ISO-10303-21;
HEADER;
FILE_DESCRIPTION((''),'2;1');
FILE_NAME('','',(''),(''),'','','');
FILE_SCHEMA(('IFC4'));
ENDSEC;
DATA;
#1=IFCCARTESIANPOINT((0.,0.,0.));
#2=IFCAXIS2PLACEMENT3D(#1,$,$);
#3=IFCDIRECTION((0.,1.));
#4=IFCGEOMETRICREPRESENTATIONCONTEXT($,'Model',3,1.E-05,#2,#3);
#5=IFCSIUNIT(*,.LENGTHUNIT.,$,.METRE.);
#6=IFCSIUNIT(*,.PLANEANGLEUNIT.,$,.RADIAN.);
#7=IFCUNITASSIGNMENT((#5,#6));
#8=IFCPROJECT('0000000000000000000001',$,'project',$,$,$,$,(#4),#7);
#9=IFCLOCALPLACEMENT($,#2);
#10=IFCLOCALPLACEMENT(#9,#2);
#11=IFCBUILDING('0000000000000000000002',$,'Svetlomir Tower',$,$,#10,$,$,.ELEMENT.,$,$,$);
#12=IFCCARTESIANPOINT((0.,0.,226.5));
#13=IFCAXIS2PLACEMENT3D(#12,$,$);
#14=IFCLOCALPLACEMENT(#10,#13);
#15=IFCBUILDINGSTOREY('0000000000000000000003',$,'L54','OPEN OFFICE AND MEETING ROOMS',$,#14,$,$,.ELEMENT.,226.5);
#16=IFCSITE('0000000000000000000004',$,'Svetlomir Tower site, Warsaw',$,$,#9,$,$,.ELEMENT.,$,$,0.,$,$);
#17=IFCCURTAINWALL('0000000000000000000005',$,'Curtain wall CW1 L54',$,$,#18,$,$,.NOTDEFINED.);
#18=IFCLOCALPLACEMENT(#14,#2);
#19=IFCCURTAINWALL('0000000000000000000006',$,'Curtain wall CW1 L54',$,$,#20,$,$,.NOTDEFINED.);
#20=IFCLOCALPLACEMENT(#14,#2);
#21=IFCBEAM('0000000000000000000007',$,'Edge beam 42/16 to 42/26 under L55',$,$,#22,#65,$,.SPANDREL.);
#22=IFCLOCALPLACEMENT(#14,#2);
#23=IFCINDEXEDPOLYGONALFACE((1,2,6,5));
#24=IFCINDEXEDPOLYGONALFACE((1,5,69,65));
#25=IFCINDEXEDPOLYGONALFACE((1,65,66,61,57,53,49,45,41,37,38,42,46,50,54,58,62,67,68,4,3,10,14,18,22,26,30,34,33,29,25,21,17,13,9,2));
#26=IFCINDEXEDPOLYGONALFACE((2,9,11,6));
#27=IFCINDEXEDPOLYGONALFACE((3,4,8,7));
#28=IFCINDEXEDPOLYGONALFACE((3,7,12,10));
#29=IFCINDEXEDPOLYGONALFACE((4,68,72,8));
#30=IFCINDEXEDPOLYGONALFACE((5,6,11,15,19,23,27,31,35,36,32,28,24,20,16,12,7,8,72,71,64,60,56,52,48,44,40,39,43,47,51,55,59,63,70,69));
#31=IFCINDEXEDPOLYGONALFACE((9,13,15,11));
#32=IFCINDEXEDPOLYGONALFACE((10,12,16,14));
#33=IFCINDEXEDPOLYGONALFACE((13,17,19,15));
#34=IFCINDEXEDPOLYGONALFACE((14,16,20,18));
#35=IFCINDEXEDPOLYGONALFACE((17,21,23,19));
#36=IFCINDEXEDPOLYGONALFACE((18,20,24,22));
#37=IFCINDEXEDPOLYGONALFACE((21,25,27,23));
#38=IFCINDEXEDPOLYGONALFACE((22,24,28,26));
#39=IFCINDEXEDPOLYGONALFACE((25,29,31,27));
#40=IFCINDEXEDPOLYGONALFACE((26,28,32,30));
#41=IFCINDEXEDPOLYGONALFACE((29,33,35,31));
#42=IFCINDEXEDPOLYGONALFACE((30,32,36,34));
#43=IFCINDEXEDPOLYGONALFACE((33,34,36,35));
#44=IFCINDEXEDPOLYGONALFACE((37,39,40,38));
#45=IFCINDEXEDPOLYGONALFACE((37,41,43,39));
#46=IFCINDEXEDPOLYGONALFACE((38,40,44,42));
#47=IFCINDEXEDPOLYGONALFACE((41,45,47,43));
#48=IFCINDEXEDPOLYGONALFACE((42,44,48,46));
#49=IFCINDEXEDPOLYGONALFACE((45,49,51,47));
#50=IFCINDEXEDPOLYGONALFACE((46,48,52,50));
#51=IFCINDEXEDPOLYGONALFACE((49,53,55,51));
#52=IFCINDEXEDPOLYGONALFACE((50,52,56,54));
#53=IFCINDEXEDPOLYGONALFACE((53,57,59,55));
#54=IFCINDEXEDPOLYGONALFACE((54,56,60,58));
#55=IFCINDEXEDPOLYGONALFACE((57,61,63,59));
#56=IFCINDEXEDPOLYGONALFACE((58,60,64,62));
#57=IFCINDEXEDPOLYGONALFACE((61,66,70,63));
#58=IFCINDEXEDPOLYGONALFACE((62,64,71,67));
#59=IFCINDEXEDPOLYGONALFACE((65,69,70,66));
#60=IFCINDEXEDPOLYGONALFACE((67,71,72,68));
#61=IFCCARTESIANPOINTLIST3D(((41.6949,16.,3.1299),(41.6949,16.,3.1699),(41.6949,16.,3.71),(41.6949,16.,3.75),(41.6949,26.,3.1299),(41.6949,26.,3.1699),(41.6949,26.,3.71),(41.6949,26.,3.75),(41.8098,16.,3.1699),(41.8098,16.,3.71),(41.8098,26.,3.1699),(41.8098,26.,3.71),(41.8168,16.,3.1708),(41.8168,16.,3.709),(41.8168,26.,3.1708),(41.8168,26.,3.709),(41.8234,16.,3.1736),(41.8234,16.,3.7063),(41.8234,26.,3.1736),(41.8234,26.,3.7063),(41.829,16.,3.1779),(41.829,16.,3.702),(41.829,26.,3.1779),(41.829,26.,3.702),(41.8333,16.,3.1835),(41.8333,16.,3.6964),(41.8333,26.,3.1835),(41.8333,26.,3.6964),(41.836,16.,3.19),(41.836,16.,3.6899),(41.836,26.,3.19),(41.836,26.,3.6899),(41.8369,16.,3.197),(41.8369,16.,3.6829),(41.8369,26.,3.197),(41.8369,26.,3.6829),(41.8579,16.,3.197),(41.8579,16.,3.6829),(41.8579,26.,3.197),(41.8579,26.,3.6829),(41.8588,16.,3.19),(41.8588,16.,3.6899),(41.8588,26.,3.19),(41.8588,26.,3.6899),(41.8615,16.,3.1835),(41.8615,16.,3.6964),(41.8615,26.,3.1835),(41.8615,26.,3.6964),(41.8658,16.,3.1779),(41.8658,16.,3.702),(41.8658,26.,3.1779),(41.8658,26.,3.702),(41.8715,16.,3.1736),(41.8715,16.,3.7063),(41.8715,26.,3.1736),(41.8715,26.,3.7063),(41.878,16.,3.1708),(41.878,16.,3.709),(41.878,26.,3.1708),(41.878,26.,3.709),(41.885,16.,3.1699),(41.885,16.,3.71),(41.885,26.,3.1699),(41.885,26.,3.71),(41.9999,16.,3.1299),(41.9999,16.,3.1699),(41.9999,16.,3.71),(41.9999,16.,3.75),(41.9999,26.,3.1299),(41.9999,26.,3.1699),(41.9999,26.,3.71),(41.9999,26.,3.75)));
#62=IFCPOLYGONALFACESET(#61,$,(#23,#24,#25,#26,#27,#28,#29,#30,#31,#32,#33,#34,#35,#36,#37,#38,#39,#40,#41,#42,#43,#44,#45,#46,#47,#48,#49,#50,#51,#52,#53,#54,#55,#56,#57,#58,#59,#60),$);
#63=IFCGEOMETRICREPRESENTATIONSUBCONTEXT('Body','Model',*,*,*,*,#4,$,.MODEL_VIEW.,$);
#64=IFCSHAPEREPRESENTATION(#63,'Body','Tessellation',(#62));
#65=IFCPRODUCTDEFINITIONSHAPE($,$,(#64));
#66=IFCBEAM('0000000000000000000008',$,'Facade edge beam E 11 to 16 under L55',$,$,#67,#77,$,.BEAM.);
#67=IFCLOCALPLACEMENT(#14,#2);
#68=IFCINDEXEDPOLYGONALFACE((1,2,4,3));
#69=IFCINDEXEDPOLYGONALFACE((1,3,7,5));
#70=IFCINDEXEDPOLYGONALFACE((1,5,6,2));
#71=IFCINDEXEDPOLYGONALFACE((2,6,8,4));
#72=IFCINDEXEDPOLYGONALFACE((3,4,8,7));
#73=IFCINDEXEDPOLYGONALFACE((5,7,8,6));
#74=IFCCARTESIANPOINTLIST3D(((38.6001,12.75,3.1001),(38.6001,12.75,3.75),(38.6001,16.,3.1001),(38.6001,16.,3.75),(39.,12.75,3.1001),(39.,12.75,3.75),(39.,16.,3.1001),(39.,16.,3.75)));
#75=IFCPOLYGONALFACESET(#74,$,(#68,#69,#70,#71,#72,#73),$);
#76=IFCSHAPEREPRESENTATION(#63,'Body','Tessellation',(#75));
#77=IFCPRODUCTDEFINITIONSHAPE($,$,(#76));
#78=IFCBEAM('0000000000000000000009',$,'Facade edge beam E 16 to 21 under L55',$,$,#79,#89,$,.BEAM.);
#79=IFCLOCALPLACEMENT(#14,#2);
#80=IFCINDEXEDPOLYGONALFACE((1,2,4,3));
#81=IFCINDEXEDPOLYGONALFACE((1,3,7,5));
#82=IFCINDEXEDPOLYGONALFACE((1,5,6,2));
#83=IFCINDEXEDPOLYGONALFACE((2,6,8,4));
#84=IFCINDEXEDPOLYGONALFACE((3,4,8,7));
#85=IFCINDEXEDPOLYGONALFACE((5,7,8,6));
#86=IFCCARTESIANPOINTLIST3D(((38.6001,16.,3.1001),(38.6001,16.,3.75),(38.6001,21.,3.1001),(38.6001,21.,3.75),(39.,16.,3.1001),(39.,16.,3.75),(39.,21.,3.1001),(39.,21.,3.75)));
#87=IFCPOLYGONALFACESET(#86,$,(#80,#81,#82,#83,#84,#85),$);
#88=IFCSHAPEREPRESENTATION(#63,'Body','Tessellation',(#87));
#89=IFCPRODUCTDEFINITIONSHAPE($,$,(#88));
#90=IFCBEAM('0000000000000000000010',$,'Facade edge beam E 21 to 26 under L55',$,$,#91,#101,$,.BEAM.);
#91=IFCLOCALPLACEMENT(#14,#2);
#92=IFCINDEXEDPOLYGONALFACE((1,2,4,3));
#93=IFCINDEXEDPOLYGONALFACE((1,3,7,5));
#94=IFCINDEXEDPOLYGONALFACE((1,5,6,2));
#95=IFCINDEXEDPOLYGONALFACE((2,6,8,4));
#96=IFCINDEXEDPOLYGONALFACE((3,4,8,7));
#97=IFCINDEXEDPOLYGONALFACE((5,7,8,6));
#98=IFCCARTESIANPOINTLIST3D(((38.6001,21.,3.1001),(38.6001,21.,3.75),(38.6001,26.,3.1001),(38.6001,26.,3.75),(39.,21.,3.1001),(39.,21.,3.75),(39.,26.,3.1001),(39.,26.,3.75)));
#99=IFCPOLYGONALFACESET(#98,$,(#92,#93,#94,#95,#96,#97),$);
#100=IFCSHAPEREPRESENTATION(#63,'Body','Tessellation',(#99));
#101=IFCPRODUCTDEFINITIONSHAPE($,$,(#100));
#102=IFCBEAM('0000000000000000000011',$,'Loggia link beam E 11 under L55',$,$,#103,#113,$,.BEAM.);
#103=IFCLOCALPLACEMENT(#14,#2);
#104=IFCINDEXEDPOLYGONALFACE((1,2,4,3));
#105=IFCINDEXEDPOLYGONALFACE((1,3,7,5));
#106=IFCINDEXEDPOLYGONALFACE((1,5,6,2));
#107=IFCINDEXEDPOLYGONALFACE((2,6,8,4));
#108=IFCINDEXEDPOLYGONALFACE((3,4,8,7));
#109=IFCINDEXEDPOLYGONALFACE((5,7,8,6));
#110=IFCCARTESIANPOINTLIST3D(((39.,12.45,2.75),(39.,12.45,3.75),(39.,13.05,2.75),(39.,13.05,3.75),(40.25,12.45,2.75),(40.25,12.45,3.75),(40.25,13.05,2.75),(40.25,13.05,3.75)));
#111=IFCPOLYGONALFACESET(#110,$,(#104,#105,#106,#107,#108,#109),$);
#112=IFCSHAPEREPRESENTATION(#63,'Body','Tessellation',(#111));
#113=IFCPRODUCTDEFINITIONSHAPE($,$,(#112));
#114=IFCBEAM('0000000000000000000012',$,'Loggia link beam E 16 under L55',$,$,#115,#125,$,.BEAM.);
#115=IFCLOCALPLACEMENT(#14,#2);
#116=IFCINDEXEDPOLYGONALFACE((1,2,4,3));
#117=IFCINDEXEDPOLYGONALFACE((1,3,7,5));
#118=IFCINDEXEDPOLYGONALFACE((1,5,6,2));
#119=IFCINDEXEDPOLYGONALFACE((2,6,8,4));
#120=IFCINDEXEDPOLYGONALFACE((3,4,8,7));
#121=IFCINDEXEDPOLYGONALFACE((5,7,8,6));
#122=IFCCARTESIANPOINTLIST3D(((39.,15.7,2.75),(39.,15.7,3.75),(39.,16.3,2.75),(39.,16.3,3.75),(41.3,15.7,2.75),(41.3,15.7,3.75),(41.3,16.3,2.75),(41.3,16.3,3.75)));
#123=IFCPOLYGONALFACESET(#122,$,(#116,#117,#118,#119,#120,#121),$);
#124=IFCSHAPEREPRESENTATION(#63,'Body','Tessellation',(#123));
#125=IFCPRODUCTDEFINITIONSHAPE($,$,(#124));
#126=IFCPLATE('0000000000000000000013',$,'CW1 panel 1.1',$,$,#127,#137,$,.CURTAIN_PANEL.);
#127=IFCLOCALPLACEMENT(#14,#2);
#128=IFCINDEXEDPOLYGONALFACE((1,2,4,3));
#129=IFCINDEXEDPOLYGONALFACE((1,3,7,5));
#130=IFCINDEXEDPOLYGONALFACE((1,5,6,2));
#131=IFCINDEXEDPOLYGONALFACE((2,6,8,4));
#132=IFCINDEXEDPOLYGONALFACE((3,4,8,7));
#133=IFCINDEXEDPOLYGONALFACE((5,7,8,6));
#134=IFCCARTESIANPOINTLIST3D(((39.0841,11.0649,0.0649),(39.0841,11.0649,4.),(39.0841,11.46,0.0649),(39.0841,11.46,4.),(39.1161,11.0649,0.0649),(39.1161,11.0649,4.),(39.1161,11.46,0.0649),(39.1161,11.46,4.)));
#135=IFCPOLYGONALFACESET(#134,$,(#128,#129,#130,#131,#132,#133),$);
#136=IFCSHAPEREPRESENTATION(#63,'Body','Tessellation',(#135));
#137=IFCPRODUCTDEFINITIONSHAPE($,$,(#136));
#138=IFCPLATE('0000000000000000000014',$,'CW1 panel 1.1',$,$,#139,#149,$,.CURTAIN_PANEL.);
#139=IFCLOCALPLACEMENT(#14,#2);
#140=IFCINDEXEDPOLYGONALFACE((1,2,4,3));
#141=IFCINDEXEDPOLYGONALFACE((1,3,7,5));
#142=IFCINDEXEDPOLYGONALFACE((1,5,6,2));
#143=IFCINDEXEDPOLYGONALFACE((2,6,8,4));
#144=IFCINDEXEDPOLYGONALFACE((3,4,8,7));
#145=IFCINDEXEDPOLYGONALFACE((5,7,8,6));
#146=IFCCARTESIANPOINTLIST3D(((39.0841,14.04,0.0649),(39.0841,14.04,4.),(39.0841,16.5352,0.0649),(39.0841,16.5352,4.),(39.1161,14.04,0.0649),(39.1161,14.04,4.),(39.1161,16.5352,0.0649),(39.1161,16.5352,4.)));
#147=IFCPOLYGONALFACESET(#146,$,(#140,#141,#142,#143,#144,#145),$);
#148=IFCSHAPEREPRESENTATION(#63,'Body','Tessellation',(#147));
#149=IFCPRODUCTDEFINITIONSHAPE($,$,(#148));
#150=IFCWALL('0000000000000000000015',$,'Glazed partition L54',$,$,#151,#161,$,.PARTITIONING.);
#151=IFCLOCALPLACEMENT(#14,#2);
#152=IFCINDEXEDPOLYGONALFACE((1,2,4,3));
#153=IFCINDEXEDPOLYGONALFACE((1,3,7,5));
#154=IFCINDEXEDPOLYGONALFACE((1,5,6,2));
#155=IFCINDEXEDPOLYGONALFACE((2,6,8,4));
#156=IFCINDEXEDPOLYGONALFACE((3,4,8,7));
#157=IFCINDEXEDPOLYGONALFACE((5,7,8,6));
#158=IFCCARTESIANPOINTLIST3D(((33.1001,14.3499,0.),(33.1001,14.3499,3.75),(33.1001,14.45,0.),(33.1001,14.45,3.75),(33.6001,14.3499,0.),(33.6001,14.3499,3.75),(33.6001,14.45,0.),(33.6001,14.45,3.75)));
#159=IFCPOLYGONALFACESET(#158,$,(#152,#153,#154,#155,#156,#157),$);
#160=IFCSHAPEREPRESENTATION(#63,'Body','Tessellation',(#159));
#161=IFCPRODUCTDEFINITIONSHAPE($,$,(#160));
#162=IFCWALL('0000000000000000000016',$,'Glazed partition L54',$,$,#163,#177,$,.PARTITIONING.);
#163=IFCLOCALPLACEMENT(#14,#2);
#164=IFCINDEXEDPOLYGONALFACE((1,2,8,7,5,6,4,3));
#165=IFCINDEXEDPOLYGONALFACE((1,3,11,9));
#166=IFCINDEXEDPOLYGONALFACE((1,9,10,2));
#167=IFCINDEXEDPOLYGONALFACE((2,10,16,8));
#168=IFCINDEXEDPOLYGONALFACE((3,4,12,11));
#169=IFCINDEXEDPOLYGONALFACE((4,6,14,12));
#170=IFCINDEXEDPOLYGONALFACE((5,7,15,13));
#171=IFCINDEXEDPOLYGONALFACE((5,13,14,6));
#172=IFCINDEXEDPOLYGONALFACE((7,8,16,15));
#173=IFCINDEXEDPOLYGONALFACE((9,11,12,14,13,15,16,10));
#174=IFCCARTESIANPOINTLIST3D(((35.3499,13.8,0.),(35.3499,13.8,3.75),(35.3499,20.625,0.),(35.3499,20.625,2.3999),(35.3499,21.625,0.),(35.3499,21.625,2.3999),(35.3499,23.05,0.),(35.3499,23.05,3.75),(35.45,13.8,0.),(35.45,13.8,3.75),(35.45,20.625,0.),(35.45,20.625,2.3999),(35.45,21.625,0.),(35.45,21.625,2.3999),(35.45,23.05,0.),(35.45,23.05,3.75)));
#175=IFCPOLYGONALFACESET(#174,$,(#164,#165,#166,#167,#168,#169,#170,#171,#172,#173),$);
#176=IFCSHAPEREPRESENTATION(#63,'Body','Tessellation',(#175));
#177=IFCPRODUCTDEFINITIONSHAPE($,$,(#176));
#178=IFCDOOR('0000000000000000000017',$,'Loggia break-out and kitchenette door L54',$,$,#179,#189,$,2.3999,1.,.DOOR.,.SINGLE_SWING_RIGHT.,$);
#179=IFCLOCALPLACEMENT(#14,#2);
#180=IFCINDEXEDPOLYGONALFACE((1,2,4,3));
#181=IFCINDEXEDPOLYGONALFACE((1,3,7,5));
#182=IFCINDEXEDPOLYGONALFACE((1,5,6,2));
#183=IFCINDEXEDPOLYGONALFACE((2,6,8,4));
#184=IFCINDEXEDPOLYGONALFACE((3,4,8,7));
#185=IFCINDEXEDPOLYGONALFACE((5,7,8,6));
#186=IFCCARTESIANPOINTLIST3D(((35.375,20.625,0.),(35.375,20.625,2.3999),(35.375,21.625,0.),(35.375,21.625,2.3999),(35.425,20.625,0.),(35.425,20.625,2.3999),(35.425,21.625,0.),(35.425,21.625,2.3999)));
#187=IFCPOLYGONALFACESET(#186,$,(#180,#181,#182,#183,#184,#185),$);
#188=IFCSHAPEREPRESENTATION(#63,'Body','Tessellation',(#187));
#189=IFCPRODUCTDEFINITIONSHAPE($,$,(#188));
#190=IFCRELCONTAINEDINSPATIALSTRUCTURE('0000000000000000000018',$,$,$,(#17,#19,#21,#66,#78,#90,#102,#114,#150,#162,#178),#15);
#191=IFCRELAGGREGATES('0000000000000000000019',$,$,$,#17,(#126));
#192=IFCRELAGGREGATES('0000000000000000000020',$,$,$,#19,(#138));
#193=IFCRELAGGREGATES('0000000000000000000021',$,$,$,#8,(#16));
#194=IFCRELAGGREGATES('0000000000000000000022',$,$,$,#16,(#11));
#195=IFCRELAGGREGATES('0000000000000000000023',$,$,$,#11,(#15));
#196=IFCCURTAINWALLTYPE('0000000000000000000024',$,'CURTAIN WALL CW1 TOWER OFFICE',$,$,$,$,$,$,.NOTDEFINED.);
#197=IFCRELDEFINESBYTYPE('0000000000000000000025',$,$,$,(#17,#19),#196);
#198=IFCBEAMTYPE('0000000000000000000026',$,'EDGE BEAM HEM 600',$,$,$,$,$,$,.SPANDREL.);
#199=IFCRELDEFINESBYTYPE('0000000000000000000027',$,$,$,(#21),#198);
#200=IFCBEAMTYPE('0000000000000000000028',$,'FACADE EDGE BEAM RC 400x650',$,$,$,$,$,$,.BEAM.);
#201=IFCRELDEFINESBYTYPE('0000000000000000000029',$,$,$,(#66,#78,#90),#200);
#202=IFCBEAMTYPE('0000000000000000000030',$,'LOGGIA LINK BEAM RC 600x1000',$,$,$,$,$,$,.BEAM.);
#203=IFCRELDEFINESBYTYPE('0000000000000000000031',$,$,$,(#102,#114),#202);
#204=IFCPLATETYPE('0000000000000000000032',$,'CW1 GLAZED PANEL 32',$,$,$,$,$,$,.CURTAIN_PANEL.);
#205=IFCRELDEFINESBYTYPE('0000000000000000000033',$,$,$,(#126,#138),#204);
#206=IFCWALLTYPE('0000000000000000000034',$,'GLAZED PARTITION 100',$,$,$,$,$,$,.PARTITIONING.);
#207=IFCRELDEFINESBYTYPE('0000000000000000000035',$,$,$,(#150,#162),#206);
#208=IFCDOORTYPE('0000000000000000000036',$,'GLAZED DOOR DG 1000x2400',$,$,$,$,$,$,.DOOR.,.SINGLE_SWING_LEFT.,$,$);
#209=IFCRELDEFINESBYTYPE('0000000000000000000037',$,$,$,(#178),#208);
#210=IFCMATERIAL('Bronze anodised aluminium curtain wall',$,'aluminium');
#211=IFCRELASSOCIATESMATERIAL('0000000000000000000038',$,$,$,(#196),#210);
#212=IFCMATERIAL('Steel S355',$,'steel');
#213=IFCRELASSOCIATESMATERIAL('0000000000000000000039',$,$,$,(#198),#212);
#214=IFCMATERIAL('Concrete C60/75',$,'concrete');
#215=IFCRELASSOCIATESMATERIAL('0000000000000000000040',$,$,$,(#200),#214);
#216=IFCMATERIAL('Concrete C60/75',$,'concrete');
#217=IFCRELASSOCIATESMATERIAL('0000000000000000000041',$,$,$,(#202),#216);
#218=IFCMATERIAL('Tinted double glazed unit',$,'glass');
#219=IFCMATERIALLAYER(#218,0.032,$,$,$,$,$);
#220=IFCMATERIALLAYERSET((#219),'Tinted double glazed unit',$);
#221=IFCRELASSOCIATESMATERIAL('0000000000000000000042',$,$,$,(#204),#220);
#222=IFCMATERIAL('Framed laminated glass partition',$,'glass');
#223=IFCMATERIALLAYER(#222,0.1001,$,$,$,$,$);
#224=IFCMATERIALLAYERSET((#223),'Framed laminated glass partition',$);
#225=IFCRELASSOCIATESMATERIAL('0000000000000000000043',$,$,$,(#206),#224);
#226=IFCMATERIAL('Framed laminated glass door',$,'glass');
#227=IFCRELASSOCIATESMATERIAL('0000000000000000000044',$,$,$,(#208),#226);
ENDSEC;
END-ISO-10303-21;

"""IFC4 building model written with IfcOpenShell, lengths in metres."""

from ifc_helpers import new_model, si_unit, direction, frame, frame_2d, origin, origin_2d, place, context, subcontext, project, spatial, rectangle, i_section, extrude, material, layer, layer_set, material_profile, profile_set, type_object, element, fill, aggregate, save


model = new_model("IFC4")

# Units and contexts
model_context = context("Model", 3, precision=1e-05, world=origin(), true_north=direction((0.0, 1.0)))
body_context = subcontext(model_context, "Body", "Model", "MODEL_VIEW")
ifc_project = project(units=[si_unit("LENGTHUNIT", "METRE"), si_unit("PLANEANGLEUNIT", "RADIAN")], contexts=[model_context])

# Site, building, storey
site_placement = place(None, origin())
site = spatial("IfcSite", under=ifc_project, at=site_placement, Name="Svetlomir Tower site, Warsaw", CompositionType="ELEMENT", RefElevation=0.0)
building_placement = place(site_placement, origin())
building = spatial("IfcBuilding", under=site, at=building_placement, Name="Svetlomir Tower", CompositionType="ELEMENT")
storey_placement = place(building_placement, frame((0.0, 0.0, 226.5)))
storey = spatial("IfcBuildingStorey", under=building, at=storey_placement, Name="L54", Description="OPEN OFFICE AND MEETING ROOMS", CompositionType="ELEMENT", Elevation=226.5)

# Curtain wall
ifc_material_1 = material(Name="Bronze anodised aluminium curtain wall", Category="aluminium")
curtain_wall_type = type_object("IfcCurtainWallType", Name="CURTAIN WALL CW1 TOWER OFFICE", PredefinedType="NOTDEFINED", material=ifc_material_1)
curtain_wall_1_placement = place(storey_placement, origin())
curtain_wall_1 = element("IfcCurtainWall", 1, at=curtain_wall_1_placement, inside=storey, type_object=curtain_wall_type, Name="Curtain wall CW1 L54", PredefinedType="NOTDEFINED")

# Curtain wall
curtain_wall_2_placement = place(storey_placement, origin())
curtain_wall_2 = element("IfcCurtainWall", 2, at=curtain_wall_2_placement, inside=storey, type_object=curtain_wall_type, Name="Curtain wall CW1 L54", PredefinedType="NOTDEFINED")

# Beams
ifc_material_2 = material(Name="Steel S355", Category="steel")
ifc_material_profile_1 = material_profile(ifc_material_2, i_section(OverallWidth=0.3049, OverallDepth=0.6201, WebThickness=0.021, FlangeThickness=0.04, FilletRadius=0.0271, at=origin_2d()), Name="HEM 600")
ifc_profile_set_1 = profile_set([ifc_material_profile_1], Name="Steel S355")
beam_type_1 = type_object("IfcBeamType", Name="EDGE BEAM HEM 600", PredefinedType="SPANDREL", material=ifc_profile_set_1)
beam_1_placement = place(storey_placement, frame((41.8474, 16.0, 3.4399), z_axis=(0.0, 1.0, 0.0), x_axis=(-1.0, 0.0, 0.0)))
element("IfcBeam", 3, at=beam_1_placement, inside=storey, type_object=beam_type_1, Name="Edge beam 42/16 to 42/26 under L55", PredefinedType="SPANDREL", context=body_context, shape_type="SweptSolid", body=[
    extrude(i_section(OverallWidth=0.3049, OverallDepth=0.6201, WebThickness=0.021, FlangeThickness=0.04, FilletRadius=0.0271, at=origin_2d()), origin(), (0.0, 0.0, 1.0), 10.0),
])
ifc_material_3 = material(Name="Concrete C60/75", Category="concrete")
ifc_material_profile_2 = material_profile(ifc_material_3, rectangle(XDim=0.3999, YDim=0.6499, at=origin_2d()), Name="RC 400x650")
ifc_profile_set_2 = profile_set([ifc_material_profile_2], Name="Concrete C60/75")
beam_type_2 = type_object("IfcBeamType", Name="FACADE EDGE BEAM RC 400x650", PredefinedType="BEAM", material=ifc_profile_set_2)
beam_2_placement = place(storey_placement, frame((38.8, 12.75, 3.425), z_axis=(0.0, 1.0, 0.0), x_axis=(-1.0, 0.0, 0.0)))
element("IfcBeam", 4, at=beam_2_placement, inside=storey, type_object=beam_type_2, Name="Facade edge beam E 11 to 16 under L55", PredefinedType="BEAM", context=body_context, shape_type="SweptSolid", body=[
    extrude(rectangle(XDim=0.3999, YDim=0.6499, at=origin_2d()), origin(), (0.0, 0.0, 1.0), 3.25),
])
for number, where, z_axis, x_axis, name in (
    (5, (38.8, 16.0, 3.425), (0.0, 1.0, 0.0), (-1.0, 0.0, 0.0), "Facade edge beam E 16 to 21 under L55"),
    (6, (38.8, 21.0, 3.425), (0.0, 1.0, 0.0), (-1.0, 0.0, 0.0), "Facade edge beam E 21 to 26 under L55"),
):
    element("IfcBeam", number, at=place(storey_placement, frame(where, z_axis=z_axis, x_axis=x_axis)), inside=storey, type_object=beam_type_2, Name=name, PredefinedType="BEAM", context=body_context, shape_type="SweptSolid", body=[
        extrude(rectangle(XDim=0.3999, YDim=0.6499, at=origin_2d()), origin(), (0.0, 0.0, 1.0), 5.0),
    ])
ifc_material_4 = material(Name="Concrete C60/75", Category="concrete")
ifc_material_profile_3 = material_profile(ifc_material_4, rectangle(XDim=0.6001, YDim=1.0, at=origin_2d()), Name="RC 600x1000")
ifc_profile_set_3 = profile_set([ifc_material_profile_3], Name="Concrete C60/75")
beam_type_3 = type_object("IfcBeamType", Name="LOGGIA LINK BEAM RC 600x1000", PredefinedType="BEAM", material=ifc_profile_set_3)
beam_3_placement = place(storey_placement, frame((40.25, 12.75, 3.25), z_axis=(-1.0, 0.0, 0.0), x_axis=(0.0, -1.0, 0.0)))
element("IfcBeam", 7, at=beam_3_placement, inside=storey, type_object=beam_type_3, Name="Loggia link beam E 11 under L55", PredefinedType="BEAM", context=body_context, shape_type="SweptSolid", body=[
    extrude(rectangle(XDim=0.6001, YDim=1.0, at=origin_2d()), origin(), (0.0, 0.0, 1.0), 1.25),
])
beam_4_placement = place(storey_placement, frame((41.3, 16.0, 3.25), z_axis=(-1.0, 0.0, 0.0), x_axis=(0.0, -1.0, 0.0)))
element("IfcBeam", 8, at=beam_4_placement, inside=storey, type_object=beam_type_3, Name="Loggia link beam E 16 under L55", PredefinedType="BEAM", context=body_context, shape_type="SweptSolid", body=[
    extrude(rectangle(XDim=0.6001, YDim=1.0, at=origin_2d()), origin(), (0.0, 0.0, 1.0), 2.3),
])

# Plates
ifc_material_5 = material(Name="Tinted double glazed unit", Category="glass")
ifc_layer_1 = layer(ifc_material_5, 0.032)
ifc_layer_set_1 = layer_set([ifc_layer_1], Name="Tinted double glazed unit")
plate_type = type_object("IfcPlateType", Name="CW1 GLAZED PANEL 32", PredefinedType="CURTAIN_PANEL", material=ifc_layer_set_1)
plate_1_placement = place(storey_placement, frame((39.1001, 11.2625, 0.0649), z_axis=(0.0, 0.0, 1.0), x_axis=(0.0, 1.0, 0.0)))
plate_1 = element("IfcPlate", 9, at=plate_1_placement, type_object=plate_type, Name="CW1 panel 1.1", PredefinedType="CURTAIN_PANEL", context=body_context, shape_type="SweptSolid", body=[
    extrude(rectangle(XDim=0.395, YDim=0.032, at=origin_2d()), origin(), (0.0, 0.0, 1.0), 3.9351),
])
aggregate(curtain_wall_1, [plate_1])
plate_2_placement = place(storey_placement, frame((39.1001, 15.2876, 0.0649), z_axis=(0.0, 0.0, 1.0), x_axis=(0.0, 1.0, 0.0)))
plate_2 = element("IfcPlate", 10, at=plate_2_placement, type_object=plate_type, Name="CW1 panel 1.1", PredefinedType="CURTAIN_PANEL", context=body_context, shape_type="SweptSolid", body=[
    extrude(rectangle(XDim=2.4951, YDim=0.032, at=origin_2d()), origin(), (0.0, 0.0, 1.0), 3.9351),
])
aggregate(curtain_wall_2, [plate_2])

# Wall
ifc_material_6 = material(Name="Framed laminated glass partition", Category="glass")
ifc_layer_2 = layer(ifc_material_6, 0.1001)
ifc_layer_set_2 = layer_set([ifc_layer_2], Name="Framed laminated glass partition")
wall_type_1 = type_object("IfcWallType", Name="GLAZED PARTITION 100", PredefinedType="PARTITIONING", material=ifc_layer_set_2)
wall_1_placement = place(storey_placement, frame((33.1001, 14.3999, 0.0), z_axis=(0.0, 0.0, 1.0), x_axis=(1.0, 0.0, 0.0)))
element("IfcWall", 11, at=wall_1_placement, inside=storey, type_object=wall_type_1, Name="Glazed partition L54", PredefinedType="PARTITIONING", context=body_context, shape_type="SweptSolid", body=[
    extrude(rectangle(XDim=0.5, YDim=0.1001, at=frame_2d((0.25, 0.0))), origin(), (0.0, 0.0, 1.0), 3.75),
])

# Wall, opening, door
ifc_material_7 = material(Name="Framed laminated glass door", Category="glass")
door_type_1 = type_object("IfcDoorType", Name="GLAZED DOOR DG 1000x2400", OperationType="SINGLE_SWING_LEFT", PredefinedType="DOOR", material=ifc_material_7)
wall_2_placement = place(storey_placement, frame((35.3999, 13.8, 0.0), z_axis=(0.0, 0.0, 1.0), x_axis=(0.0, 1.0, 0.0)))
wall_2 = element("IfcWall", 12, at=wall_2_placement, inside=storey, type_object=wall_type_1, Name="Glazed partition L54", PredefinedType="PARTITIONING", context=body_context, shape_type="SweptSolid", body=[
    extrude(rectangle(XDim=9.25, YDim=0.1001, at=frame_2d((4.625, 0.0))), origin(), (0.0, 0.0, 1.0), 3.75),
])
opening_1_placement = place(wall_2_placement, frame((6.825, 0.0, 0.0)))
opening_1 = element("IfcOpeningElement", 13, at=opening_1_placement, cuts=wall_2, PredefinedType="OPENING", context=body_context, shape_type="SweptSolid", body=[
    extrude(rectangle(XDim=1.0, YDim=2.3999, at=frame_2d((0.5, 1.2))), frame((0.0, 0.0601, 0.0), z_axis=(0.0, -1.0, 0.0), x_axis=(1.0, 0.0, 0.0)), (0.0, 0.0, 1.0), 0.1201),
])
door_1_placement = place(opening_1_placement, origin())
door_1 = element("IfcDoor", 14, at=door_1_placement, inside=storey, type_object=door_type_1, Name="Loggia break-out and kitchenette door L54", OperationType="SINGLE_SWING_RIGHT", OverallHeight=2.3999, OverallWidth=1.0, PredefinedType="DOOR", context=body_context, shape_type="SweptSolid", body=[
    extrude(rectangle(XDim=1.0, YDim=2.3999, at=frame_2d((0.5, 1.2))), frame((0.0, 0.0249, 0.0), z_axis=(0.0, -1.0, 0.0), x_axis=(1.0, 0.0, 0.0)), (0.0, 0.0, 1.0), 0.05),
])
fill(opening_1, door_1)

save(model, "model.ifc")
